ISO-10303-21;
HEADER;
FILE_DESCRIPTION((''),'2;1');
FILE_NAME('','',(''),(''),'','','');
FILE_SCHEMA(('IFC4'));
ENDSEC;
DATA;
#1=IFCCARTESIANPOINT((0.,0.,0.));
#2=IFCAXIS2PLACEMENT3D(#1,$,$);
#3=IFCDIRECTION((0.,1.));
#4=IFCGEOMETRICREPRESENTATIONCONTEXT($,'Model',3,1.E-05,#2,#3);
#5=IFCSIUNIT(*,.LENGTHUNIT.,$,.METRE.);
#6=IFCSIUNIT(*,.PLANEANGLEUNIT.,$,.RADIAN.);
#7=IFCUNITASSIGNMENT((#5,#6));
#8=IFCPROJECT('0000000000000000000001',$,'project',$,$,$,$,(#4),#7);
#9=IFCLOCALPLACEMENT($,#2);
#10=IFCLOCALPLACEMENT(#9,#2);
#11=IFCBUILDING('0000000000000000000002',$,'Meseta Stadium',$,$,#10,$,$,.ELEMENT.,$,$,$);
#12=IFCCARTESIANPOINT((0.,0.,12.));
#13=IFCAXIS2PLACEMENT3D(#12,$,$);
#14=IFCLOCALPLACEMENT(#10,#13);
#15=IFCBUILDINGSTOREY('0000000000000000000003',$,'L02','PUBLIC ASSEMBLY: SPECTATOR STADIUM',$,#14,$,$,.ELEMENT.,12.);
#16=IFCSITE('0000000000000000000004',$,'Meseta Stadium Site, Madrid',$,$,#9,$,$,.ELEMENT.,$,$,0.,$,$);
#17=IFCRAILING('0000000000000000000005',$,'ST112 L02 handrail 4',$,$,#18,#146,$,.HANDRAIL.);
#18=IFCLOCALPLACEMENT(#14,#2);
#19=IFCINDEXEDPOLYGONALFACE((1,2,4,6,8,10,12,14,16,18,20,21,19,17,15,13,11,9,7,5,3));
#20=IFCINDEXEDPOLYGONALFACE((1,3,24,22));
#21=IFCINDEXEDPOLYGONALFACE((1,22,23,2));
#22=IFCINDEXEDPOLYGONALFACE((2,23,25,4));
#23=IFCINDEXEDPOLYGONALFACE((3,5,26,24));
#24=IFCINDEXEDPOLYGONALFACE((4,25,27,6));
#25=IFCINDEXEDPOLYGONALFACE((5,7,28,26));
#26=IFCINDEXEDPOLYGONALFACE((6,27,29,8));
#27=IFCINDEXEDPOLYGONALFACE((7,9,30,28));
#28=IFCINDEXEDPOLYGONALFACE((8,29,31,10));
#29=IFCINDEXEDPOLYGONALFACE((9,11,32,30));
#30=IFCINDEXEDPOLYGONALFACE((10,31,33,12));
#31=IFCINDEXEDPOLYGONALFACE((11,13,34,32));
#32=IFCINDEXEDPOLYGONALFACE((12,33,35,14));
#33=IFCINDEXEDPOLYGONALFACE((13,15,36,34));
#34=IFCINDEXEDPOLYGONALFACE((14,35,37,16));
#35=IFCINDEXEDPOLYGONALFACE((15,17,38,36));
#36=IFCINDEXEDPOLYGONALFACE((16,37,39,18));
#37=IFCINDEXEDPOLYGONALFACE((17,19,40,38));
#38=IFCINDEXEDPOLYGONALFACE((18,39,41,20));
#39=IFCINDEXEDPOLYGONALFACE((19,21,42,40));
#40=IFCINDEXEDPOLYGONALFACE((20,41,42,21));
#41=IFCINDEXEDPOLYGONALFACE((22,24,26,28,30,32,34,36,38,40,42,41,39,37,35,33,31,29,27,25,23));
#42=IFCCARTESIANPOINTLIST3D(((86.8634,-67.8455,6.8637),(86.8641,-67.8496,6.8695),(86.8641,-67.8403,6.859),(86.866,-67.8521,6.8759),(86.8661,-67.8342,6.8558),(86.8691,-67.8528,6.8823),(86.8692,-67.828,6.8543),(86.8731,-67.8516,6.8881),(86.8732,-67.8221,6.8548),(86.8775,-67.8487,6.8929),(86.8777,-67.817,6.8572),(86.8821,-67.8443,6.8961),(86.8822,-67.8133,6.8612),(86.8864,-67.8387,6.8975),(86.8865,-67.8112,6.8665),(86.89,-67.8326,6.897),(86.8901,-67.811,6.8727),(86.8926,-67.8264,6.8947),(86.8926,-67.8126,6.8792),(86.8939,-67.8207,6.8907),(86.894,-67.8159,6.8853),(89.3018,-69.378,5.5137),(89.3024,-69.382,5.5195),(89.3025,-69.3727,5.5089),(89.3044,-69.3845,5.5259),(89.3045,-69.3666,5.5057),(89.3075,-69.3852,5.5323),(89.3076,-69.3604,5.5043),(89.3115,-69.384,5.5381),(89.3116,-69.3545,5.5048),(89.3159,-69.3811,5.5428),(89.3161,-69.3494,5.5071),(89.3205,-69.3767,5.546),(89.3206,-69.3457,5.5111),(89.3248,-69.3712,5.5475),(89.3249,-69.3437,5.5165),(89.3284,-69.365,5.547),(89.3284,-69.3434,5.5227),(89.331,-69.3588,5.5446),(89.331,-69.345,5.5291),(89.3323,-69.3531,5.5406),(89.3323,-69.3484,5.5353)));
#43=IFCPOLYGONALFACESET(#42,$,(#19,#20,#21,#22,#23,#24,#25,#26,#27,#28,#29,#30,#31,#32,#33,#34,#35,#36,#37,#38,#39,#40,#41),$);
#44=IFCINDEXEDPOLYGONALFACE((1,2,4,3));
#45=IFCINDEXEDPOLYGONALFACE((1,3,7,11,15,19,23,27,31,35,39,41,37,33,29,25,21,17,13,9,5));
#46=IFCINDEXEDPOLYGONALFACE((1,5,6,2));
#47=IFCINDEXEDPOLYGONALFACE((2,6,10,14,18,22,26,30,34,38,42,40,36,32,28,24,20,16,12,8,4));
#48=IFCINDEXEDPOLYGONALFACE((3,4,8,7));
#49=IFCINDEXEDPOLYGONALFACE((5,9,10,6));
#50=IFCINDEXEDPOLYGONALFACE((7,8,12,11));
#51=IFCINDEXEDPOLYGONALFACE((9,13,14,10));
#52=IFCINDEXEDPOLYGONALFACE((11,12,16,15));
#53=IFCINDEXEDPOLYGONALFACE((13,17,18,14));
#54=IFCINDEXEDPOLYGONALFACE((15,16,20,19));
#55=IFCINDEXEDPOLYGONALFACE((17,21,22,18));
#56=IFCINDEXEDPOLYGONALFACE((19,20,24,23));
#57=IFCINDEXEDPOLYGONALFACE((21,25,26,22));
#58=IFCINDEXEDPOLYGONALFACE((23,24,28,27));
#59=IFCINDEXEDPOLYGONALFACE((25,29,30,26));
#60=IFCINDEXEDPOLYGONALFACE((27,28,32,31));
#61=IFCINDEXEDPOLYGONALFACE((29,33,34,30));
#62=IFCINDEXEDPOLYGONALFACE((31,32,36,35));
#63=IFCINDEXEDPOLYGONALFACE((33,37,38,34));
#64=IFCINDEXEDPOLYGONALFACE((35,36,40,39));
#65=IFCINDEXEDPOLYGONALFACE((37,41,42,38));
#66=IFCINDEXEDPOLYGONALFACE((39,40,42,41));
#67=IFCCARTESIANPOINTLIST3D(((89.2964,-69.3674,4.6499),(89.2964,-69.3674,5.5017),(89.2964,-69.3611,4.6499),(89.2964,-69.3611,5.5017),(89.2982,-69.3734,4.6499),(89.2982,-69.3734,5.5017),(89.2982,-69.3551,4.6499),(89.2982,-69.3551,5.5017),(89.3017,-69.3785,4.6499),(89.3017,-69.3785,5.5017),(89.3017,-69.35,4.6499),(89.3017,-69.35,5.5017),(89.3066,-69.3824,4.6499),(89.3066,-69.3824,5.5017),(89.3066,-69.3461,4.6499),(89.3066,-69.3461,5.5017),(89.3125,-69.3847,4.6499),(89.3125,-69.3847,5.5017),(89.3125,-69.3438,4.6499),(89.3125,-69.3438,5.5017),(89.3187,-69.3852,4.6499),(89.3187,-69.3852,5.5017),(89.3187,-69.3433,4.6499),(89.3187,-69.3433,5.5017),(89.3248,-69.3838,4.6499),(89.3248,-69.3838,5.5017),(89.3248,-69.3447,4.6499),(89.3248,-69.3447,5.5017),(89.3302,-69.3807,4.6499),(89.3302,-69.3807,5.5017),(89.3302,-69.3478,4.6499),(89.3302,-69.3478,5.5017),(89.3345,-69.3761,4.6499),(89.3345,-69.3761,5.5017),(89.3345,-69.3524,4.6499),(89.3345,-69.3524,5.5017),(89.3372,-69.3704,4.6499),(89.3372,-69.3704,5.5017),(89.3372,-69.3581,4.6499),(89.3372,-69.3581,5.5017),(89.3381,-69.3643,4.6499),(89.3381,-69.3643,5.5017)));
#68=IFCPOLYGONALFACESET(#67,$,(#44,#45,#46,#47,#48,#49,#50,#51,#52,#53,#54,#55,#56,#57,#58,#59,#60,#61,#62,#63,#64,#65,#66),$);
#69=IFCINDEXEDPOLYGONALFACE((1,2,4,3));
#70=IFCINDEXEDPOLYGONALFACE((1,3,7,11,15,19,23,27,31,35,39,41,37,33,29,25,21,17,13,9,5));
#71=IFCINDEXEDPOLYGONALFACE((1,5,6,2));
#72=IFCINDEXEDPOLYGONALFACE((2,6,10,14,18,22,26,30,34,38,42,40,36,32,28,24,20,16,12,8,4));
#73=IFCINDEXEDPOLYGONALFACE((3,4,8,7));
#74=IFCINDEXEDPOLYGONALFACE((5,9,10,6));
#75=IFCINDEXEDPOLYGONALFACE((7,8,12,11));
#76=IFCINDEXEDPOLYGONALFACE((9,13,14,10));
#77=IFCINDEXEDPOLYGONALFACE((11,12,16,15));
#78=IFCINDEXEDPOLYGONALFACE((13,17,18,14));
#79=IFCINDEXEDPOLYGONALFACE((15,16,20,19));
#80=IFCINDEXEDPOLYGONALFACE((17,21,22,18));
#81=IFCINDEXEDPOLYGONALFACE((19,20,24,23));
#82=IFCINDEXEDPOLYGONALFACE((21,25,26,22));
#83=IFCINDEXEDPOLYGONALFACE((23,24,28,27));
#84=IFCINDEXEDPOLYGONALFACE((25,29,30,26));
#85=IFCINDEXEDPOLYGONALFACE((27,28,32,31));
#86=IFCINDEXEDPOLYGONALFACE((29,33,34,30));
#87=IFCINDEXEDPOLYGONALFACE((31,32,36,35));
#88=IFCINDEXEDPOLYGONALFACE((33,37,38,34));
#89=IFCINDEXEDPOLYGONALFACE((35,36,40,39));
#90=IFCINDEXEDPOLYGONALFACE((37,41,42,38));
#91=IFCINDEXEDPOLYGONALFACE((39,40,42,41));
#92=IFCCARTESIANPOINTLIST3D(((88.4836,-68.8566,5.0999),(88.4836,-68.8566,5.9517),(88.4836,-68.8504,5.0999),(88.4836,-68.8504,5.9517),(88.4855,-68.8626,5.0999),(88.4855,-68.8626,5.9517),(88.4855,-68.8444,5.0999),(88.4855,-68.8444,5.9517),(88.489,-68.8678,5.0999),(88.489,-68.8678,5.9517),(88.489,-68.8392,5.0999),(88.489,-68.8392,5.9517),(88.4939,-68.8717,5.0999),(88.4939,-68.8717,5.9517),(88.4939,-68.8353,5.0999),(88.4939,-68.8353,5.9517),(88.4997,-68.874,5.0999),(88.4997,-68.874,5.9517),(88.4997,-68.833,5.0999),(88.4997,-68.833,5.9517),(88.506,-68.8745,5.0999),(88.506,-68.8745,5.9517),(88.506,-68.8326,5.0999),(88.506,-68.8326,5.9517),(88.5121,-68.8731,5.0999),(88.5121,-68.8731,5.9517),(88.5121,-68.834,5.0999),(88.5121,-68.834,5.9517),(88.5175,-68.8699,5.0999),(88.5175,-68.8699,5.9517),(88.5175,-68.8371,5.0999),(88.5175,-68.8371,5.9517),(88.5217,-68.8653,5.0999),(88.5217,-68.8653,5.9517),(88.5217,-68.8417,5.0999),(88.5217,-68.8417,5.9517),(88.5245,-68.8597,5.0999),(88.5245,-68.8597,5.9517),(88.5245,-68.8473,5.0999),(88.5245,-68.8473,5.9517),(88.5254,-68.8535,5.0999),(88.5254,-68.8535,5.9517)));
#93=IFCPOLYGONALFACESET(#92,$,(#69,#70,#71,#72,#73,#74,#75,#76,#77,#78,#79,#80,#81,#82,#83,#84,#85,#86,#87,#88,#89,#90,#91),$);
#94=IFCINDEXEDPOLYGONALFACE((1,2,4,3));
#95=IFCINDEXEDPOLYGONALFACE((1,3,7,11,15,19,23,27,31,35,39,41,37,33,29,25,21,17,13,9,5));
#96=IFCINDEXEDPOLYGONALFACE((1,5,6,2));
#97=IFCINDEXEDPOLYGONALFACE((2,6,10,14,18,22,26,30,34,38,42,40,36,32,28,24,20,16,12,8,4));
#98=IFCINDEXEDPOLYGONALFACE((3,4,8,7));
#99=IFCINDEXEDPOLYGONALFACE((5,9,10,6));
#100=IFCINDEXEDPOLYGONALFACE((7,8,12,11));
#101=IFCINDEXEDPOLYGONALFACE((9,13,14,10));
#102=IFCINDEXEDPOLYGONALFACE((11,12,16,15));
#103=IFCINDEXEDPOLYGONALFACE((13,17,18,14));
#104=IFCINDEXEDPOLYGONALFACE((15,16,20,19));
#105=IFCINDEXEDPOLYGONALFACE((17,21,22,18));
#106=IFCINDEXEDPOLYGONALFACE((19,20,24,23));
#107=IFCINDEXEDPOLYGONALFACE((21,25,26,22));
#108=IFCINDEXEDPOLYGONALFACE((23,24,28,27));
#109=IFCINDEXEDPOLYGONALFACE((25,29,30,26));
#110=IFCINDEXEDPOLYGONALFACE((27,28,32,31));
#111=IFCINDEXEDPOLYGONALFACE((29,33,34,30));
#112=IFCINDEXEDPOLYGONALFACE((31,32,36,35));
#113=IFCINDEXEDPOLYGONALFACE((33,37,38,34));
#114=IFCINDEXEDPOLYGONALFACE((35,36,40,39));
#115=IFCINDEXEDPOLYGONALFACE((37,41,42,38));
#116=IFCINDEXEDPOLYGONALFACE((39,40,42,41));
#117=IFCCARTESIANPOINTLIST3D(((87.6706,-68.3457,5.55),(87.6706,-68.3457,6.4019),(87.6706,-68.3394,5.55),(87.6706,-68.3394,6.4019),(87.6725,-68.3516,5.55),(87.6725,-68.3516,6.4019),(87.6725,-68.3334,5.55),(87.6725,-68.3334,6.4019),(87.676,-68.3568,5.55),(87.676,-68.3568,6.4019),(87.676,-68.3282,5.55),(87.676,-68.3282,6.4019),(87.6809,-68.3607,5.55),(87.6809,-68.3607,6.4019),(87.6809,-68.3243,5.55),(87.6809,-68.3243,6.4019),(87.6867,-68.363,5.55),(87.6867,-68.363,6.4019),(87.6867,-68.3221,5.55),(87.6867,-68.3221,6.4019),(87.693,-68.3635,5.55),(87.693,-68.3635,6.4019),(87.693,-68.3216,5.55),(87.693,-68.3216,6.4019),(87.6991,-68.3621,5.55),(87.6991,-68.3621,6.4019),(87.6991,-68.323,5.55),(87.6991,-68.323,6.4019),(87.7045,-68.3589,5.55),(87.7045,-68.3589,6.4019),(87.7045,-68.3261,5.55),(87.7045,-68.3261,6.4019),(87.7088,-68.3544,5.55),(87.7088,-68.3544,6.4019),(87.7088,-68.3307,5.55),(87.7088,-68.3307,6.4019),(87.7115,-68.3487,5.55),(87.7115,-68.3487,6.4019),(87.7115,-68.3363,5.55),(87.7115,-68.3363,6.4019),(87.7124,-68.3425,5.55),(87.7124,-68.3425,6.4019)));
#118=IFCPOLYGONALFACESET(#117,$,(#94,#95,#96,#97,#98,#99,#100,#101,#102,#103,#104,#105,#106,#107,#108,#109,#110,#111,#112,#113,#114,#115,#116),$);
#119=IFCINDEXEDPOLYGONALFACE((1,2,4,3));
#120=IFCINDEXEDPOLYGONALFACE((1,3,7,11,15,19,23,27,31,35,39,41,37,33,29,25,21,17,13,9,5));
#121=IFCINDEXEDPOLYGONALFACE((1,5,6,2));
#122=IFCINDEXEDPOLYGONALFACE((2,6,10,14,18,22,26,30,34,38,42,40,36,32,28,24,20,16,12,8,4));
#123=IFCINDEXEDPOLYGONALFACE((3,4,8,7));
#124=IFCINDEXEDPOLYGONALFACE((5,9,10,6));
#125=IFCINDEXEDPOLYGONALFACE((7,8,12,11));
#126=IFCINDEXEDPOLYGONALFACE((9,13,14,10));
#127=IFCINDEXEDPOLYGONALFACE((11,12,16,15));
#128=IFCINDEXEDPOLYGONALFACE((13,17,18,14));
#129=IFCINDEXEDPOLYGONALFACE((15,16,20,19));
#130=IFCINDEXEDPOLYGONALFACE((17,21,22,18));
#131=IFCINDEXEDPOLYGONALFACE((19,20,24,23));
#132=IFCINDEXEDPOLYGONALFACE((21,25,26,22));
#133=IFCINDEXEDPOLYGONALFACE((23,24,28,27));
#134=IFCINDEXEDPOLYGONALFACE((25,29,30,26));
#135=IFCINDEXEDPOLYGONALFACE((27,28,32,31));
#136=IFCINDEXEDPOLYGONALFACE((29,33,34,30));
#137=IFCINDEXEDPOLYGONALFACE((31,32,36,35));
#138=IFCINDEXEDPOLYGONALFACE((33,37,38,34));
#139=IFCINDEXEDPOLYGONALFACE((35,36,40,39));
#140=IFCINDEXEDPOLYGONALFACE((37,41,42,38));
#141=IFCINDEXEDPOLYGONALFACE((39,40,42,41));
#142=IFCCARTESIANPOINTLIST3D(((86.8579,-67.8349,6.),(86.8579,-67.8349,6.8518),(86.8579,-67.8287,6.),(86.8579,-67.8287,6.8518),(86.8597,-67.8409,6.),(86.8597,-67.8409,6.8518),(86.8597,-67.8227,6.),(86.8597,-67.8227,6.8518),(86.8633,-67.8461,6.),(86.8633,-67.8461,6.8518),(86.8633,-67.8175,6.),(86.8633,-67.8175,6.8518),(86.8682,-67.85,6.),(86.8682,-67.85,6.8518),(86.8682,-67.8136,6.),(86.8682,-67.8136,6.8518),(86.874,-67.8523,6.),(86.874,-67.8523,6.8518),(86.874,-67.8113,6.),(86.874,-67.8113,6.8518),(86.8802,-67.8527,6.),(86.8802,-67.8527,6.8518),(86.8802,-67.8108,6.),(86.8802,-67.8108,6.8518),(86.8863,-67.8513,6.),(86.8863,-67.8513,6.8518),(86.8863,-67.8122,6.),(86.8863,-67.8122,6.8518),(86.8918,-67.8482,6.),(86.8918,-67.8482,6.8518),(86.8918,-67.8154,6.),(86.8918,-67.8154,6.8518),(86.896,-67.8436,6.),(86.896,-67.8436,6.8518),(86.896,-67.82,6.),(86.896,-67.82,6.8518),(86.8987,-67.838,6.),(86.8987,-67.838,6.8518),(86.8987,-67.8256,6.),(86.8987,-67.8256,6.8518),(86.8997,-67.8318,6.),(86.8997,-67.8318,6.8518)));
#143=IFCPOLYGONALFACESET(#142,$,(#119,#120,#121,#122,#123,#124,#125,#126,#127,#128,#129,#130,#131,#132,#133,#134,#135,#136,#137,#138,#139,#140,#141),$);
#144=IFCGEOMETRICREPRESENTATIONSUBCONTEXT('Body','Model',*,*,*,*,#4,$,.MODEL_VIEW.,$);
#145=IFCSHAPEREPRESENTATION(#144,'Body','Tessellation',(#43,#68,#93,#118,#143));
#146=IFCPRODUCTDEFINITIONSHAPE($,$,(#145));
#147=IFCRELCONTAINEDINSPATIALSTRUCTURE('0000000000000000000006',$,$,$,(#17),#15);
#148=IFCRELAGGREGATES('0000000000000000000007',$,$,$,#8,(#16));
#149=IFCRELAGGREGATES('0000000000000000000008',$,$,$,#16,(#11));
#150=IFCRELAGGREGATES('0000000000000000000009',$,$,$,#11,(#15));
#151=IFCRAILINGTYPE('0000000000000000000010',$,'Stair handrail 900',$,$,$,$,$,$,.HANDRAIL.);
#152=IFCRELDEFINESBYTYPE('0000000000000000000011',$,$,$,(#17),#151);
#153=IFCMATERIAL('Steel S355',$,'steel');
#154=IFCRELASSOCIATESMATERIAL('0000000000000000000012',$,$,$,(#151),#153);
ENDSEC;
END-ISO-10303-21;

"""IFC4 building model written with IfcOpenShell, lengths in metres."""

from ifc_helpers import new_model, si_unit, direction, frame, origin, origin_2d, place, context, subcontext, project, spatial, circle, extrude, material, type_object, element, save


model = new_model("IFC4")

# Units and contexts
model_context = context("Model", 3, precision=1e-05, world=origin(), true_north=direction((0.0, 1.0)))
body_context = subcontext(model_context, "Body", "Model", "MODEL_VIEW")
ifc_project = project(units=[si_unit("LENGTHUNIT", "METRE"), si_unit("PLANEANGLEUNIT", "RADIAN")], contexts=[model_context])

# Site, building, storey
site_placement = place(None, origin())
site = spatial("IfcSite", under=ifc_project, at=site_placement, Name="Meseta Stadium Site, Madrid", CompositionType="ELEMENT", RefElevation=0.0)
building_placement = place(site_placement, origin())
building = spatial("IfcBuilding", under=site, at=building_placement, Name="Meseta Stadium", CompositionType="ELEMENT")
storey_placement = place(building_placement, frame((0.0, 0.0, 12.0)))
storey = spatial("IfcBuildingStorey", under=building, at=storey_placement, Name="L02", Description="PUBLIC ASSEMBLY: SPECTATOR STADIUM", CompositionType="ELEMENT", Elevation=12.0)

# Railing
ifc_material_1 = material(Name="Steel S355", Category="steel")
railing_type_1 = type_object("IfcRailingType", Name="Stair handrail 900", PredefinedType="HANDRAIL", material=ifc_material_1)
for number, where, name in (
    (1, (89.3171, -69.3643, 4.6499), "ST112 L02 handrail 4"),
):
    element("IfcRailing", number, at=place(storey_placement, frame(where)), inside=storey, type_object=railing_type_1, Name=name, PredefinedType="HANDRAIL", context=body_context, shape_type="SweptSolid", body=[
        extrude(circle(Radius=0.0239, at=origin_2d()), frame((0.0, 0.0, 0.876), z_axis=(-0.766627, 0.48179, 0.424454), x_axis=(-0.5321, -0.846681, 0.0)), (0.0, 0.0, 1.0), 3.1807),
        extrude(circle(Radius=0.021, at=origin_2d()), origin(), (0.0, 0.0, 1.0), 0.8518),
        extrude(circle(Radius=0.021, at=origin_2d()), frame((-0.8127, 0.5107, 0.45)), (0.0, 0.0, 1.0), 0.8518),
        extrude(circle(Radius=0.021, at=origin_2d()), frame((-1.6257, 1.0217, 0.9001)), (0.0, 0.0, 1.0), 0.8518),
        extrude(circle(Radius=0.021, at=origin_2d()), frame((-2.4385, 1.5325, 1.3501)), (0.0, 0.0, 1.0), 0.8518),
    ])

save(model, "model.ifc")
